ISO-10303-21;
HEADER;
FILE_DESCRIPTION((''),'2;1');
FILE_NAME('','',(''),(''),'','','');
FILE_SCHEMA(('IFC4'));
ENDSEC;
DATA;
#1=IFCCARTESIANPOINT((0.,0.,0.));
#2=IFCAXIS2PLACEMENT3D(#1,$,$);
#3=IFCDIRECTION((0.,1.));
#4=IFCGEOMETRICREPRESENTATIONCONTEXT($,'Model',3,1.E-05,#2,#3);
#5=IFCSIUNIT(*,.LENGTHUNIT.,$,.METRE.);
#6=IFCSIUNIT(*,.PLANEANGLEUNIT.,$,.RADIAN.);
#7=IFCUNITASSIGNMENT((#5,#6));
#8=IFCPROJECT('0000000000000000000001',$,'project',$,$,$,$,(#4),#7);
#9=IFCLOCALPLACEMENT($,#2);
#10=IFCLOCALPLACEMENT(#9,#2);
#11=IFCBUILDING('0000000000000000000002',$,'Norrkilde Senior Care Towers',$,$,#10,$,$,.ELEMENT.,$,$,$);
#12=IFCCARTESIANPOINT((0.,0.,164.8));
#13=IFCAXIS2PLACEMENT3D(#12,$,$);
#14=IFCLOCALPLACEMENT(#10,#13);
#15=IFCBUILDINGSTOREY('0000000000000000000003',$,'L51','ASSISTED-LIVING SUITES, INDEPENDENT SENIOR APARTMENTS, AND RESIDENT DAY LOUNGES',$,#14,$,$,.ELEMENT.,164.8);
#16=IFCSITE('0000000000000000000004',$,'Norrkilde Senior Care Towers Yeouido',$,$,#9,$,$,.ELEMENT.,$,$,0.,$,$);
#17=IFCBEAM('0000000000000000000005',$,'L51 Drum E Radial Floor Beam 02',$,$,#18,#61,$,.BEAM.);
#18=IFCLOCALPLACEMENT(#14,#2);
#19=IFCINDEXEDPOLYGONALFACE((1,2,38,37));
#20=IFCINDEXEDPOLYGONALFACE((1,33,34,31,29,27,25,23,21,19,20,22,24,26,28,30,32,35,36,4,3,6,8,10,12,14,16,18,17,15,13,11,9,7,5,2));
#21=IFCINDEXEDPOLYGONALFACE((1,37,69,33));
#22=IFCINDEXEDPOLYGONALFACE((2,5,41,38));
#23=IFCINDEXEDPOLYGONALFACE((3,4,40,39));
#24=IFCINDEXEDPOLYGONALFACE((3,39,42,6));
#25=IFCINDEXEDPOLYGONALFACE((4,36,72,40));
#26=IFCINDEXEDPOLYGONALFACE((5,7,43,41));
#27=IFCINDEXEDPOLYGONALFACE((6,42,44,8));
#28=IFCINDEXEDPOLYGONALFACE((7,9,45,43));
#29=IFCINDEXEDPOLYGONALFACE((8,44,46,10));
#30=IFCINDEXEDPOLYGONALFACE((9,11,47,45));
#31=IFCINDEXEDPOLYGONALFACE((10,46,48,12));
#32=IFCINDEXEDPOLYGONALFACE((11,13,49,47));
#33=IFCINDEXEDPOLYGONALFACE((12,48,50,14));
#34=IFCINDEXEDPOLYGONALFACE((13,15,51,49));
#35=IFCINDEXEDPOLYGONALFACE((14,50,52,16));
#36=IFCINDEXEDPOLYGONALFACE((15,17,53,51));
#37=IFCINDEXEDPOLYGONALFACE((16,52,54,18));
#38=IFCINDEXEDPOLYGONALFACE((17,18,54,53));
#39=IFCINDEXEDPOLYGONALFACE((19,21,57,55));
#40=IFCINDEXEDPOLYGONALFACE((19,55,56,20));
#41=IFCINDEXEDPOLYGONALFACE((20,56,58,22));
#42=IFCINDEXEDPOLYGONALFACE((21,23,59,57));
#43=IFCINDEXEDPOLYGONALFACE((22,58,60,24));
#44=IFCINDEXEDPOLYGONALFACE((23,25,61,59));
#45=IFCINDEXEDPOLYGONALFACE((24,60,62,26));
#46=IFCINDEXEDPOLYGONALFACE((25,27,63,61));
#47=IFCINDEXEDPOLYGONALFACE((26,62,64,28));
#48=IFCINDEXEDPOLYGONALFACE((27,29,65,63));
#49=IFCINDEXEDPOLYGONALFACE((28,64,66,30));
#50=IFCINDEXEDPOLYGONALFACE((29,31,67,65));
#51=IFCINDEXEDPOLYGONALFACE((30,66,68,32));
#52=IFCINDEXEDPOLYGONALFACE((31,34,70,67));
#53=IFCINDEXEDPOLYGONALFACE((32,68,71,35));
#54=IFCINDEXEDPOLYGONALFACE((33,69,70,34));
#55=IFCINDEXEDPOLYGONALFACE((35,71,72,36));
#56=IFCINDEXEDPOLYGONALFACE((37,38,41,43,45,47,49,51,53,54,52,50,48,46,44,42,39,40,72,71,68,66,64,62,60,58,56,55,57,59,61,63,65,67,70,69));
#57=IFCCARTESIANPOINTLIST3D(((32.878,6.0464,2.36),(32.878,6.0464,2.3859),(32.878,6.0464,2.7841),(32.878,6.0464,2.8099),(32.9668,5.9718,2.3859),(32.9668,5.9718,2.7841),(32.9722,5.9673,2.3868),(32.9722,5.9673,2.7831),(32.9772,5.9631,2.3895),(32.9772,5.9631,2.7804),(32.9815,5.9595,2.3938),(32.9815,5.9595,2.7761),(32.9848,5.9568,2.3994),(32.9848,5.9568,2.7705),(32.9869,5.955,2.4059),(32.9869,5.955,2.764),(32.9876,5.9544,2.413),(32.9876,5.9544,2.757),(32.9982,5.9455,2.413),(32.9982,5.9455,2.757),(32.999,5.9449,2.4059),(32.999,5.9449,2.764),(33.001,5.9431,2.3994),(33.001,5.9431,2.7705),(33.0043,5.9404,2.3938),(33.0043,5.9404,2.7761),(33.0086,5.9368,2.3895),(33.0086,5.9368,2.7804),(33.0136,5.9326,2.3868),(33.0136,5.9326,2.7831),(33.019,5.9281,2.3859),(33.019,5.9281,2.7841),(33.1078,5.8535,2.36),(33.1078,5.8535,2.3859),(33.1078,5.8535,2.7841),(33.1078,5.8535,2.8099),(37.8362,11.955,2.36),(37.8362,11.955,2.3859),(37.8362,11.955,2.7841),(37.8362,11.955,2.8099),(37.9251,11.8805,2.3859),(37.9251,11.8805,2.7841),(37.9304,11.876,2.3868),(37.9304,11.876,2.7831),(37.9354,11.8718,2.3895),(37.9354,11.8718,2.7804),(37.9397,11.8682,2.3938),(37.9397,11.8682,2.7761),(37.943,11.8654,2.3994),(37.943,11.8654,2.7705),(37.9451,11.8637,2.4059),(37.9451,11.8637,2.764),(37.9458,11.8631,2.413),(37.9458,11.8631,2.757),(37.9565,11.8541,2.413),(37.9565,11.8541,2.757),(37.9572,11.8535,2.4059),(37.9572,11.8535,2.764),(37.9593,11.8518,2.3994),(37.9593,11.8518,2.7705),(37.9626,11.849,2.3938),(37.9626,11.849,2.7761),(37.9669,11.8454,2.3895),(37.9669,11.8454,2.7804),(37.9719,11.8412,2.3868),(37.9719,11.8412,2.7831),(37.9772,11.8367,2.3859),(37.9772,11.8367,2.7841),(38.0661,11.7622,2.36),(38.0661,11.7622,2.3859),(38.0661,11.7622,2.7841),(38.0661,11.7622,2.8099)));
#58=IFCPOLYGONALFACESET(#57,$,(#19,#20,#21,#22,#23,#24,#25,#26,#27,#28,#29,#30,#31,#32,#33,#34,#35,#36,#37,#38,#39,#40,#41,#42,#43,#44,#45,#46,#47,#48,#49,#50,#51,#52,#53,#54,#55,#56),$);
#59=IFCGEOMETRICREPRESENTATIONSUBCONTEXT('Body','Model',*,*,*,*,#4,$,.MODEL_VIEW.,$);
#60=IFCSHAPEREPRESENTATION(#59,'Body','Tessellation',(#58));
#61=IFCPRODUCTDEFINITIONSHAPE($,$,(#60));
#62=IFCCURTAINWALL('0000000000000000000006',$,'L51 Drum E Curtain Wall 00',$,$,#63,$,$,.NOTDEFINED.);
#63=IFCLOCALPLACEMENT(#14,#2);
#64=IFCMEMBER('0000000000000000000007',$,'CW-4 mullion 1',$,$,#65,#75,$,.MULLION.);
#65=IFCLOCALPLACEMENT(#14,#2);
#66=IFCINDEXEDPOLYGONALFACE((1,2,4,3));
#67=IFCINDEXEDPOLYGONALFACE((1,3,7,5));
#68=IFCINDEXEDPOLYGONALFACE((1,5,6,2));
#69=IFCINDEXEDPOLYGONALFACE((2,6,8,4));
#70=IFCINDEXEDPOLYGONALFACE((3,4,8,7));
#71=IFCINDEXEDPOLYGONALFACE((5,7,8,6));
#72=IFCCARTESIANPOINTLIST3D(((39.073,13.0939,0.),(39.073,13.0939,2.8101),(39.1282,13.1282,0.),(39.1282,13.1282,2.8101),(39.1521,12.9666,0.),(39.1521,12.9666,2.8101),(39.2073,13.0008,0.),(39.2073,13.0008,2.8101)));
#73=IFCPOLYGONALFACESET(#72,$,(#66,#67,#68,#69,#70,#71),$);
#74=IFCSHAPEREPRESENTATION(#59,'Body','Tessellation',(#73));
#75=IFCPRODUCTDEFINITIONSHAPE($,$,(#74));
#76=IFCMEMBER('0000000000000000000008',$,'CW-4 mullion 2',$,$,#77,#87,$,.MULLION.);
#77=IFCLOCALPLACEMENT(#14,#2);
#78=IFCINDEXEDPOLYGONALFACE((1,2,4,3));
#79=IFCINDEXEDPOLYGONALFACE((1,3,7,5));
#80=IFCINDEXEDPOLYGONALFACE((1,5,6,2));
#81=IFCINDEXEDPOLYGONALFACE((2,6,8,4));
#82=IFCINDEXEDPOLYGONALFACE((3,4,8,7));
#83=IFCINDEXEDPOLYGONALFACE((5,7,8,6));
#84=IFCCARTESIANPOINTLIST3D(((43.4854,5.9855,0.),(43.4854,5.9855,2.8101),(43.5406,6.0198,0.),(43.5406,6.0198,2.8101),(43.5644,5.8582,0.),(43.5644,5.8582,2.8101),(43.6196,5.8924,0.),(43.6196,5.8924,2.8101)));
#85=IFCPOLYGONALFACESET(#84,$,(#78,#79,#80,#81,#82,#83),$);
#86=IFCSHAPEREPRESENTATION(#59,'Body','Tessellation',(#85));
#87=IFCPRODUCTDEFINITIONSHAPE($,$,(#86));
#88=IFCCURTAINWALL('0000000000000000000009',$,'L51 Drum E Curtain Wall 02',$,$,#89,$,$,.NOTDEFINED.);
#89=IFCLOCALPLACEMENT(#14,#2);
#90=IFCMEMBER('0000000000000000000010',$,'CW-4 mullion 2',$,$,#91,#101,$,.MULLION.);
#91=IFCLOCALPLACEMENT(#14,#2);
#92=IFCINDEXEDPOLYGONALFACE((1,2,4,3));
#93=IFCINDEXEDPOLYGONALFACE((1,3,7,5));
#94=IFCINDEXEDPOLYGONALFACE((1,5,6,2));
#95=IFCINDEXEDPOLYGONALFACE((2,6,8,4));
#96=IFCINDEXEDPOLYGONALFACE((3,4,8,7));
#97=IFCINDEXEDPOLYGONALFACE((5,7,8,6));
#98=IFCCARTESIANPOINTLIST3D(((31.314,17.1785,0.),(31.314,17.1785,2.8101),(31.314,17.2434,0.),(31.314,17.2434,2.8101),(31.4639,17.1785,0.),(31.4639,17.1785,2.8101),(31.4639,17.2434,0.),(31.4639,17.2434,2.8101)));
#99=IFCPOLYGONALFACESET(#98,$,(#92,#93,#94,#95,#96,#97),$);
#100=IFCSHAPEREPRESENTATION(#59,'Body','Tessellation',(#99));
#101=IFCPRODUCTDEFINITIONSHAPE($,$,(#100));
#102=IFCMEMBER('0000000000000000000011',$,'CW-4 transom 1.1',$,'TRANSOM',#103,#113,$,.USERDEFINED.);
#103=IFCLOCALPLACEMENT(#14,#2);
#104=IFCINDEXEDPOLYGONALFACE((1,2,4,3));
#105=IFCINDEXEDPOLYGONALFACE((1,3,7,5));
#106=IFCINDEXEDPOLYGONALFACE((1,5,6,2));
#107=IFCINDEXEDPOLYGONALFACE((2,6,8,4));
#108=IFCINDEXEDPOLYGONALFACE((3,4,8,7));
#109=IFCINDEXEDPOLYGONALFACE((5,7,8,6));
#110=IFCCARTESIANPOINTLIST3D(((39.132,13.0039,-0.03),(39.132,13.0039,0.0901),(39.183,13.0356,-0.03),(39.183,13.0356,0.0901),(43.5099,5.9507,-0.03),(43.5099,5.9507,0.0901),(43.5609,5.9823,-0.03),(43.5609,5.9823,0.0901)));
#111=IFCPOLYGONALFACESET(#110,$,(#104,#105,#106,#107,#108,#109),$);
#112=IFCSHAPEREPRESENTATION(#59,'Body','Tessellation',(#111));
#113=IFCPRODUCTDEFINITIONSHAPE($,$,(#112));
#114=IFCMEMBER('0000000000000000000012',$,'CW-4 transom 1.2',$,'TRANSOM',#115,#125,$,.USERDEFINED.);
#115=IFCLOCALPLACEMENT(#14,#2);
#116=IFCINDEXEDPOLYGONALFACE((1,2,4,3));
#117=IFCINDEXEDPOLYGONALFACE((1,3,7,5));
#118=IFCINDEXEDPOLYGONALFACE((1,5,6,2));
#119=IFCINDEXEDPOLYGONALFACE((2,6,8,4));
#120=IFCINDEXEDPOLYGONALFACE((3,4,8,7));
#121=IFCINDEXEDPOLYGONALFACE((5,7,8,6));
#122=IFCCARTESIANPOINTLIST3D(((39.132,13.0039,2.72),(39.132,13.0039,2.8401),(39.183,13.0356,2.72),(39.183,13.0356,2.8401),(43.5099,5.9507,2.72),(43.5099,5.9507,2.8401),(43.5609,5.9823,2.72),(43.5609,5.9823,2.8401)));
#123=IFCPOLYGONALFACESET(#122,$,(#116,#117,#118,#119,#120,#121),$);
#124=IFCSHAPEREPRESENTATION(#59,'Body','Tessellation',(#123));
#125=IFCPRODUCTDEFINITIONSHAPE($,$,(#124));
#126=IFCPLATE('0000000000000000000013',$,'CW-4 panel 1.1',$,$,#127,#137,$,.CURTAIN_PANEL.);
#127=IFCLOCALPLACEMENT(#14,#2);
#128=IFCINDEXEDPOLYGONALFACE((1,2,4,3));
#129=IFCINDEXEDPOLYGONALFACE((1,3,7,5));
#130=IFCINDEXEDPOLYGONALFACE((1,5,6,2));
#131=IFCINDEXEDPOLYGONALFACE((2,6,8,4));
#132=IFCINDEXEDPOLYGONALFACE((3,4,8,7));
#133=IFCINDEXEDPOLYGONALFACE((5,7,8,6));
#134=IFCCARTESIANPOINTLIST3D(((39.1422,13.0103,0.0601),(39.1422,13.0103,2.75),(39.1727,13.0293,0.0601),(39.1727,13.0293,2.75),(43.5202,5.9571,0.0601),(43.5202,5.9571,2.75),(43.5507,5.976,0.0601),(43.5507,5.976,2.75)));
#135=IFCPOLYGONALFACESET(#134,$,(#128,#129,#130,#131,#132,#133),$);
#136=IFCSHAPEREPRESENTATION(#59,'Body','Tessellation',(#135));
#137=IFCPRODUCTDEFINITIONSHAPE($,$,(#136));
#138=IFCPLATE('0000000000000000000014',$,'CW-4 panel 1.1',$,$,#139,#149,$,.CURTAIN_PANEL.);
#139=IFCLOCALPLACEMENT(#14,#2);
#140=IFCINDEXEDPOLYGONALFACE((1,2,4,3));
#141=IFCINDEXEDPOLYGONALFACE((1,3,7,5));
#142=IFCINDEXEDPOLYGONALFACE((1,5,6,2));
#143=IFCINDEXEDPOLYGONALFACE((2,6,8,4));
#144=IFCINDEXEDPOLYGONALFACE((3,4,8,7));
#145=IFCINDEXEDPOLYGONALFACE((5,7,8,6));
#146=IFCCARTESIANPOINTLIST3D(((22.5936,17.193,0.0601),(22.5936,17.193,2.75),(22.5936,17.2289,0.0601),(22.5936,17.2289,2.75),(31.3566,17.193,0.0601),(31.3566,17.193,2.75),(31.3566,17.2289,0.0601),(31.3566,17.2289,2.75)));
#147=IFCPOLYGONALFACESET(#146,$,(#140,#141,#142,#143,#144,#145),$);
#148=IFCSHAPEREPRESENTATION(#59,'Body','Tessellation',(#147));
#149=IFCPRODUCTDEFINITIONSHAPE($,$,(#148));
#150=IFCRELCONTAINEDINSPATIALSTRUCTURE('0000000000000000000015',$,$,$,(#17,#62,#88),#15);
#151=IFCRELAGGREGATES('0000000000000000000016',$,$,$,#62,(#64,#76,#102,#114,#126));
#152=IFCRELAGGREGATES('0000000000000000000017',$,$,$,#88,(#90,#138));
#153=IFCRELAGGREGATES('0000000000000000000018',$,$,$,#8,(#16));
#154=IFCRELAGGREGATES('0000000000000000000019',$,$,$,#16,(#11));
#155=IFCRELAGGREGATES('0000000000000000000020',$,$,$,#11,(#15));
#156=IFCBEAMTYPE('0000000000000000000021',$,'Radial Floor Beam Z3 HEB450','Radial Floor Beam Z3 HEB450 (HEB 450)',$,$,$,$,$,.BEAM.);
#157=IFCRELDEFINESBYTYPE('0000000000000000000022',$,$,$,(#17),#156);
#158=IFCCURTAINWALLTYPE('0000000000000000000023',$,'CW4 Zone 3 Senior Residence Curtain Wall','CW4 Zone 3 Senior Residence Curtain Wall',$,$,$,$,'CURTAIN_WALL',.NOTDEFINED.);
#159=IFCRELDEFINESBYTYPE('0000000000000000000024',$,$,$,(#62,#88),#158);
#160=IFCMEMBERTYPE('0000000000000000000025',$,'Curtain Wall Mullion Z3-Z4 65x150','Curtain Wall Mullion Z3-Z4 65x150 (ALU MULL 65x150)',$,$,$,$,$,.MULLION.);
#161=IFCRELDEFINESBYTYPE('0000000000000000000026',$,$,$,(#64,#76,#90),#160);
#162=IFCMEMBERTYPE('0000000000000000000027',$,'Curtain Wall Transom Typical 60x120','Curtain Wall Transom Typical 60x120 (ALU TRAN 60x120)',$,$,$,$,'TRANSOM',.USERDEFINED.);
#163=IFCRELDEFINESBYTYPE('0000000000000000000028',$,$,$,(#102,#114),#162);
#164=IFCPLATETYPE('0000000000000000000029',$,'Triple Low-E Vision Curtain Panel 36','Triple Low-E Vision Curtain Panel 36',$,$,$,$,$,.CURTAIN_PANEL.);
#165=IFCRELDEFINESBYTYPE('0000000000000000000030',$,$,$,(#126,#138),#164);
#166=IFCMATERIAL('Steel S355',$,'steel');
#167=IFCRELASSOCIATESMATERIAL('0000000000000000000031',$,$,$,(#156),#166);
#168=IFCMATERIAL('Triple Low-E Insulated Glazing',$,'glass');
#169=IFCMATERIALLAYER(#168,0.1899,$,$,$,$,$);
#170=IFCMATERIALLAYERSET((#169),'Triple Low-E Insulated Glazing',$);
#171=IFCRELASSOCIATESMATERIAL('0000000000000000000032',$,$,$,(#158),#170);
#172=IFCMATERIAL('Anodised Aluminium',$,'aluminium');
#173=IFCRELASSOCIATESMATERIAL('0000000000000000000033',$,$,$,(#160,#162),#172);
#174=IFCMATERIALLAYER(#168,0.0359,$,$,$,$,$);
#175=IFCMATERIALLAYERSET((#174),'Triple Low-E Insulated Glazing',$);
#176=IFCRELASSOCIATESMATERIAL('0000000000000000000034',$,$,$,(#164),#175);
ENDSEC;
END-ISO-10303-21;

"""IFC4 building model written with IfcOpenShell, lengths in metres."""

from ifc_helpers import new_model, si_unit, direction, frame, origin, origin_2d, place, context, subcontext, project, spatial, rectangle, i_section, extrude, source, transform, mapped, material, layer, layer_set, material_profile, profile_set, type_object, type_shapes, element, aggregate, save


model = new_model("IFC4")

# Units and contexts
model_context = context("Model", 3, precision=1e-05, world=origin(), true_north=direction((0.0, 1.0)))
body_context = subcontext(model_context, "Body", "Model", "MODEL_VIEW")
ifc_project = project(units=[si_unit("LENGTHUNIT", "METRE"), si_unit("PLANEANGLEUNIT", "RADIAN")], contexts=[model_context])

# Site, building, storey
site_placement = place(None, origin())
site = spatial("IfcSite", under=ifc_project, at=site_placement, Name="Norrkilde Senior Care Towers Yeouido", CompositionType="ELEMENT", RefElevation=0.0)
building_placement = place(site_placement, origin())
building = spatial("IfcBuilding", under=site, at=building_placement, Name="Norrkilde Senior Care Towers", CompositionType="ELEMENT")
storey_placement = place(building_placement, frame((0.0, 0.0, 164.8)))
storey = spatial("IfcBuildingStorey", under=building, at=storey_placement, Name="L51", Description="ASSISTED-LIVING SUITES, INDEPENDENT SENIOR APARTMENTS, AND RESIDENT DAY LOUNGES", CompositionType="ELEMENT", Elevation=164.8)

# Beam
ifc_material_1 = material(Name="Steel S355", Category="steel")
ifc_material_profile_1 = material_profile(ifc_material_1, i_section(OverallWidth=0.3, OverallDepth=0.45, WebThickness=0.0139, FlangeThickness=0.0259, FilletRadius=0.0271, at=origin_2d()), Name="HEB 450")
ifc_profile_set_1 = profile_set([ifc_material_profile_1], Name="Steel S355")
beam_type_1 = type_object("IfcBeamType", Name="Radial Floor Beam Z3 HEB450", Description="Radial Floor Beam Z3 HEB450 (HEB 450)", PredefinedType="BEAM", material=ifc_profile_set_1)
shared_shape_1 = source(origin(), body_context, "Body", "SweptSolid", [
    extrude(i_section(OverallWidth=0.3, OverallDepth=0.45, WebThickness=0.0139, FlangeThickness=0.0259, FilletRadius=0.0271, at=origin_2d()), origin(), (0.0, 0.0, 1.0), 7.7134),
])
beam_1_placement = place(storey_placement, frame((32.9929, 5.95, 2.585), z_axis=(0.642808, 0.766027, 0.0), x_axis=(-0.766027, 0.642808, 0.0)))
element("IfcBeam", 1, at=beam_1_placement, inside=storey, type_object=beam_type_1, Name="L51 Drum E Radial Floor Beam 02", PredefinedType="BEAM", context=body_context, shape_type="MappedRepresentation", body=[
    mapped(shared_shape_1, transform((0.0, 0.0, 0.0), x_axis=(1.0, 0.0, 0.0), y_axis=(0.0, 1.0, 0.0), z_axis=(0.0, 0.0, 1.0), scale=1.0)),
])

# Curtain wall, members
ifc_material_2 = material(Name="Triple Low-E Insulated Glazing", Category="glass")
ifc_layer_1 = layer(ifc_material_2, 0.1899)
ifc_layer_set_1 = layer_set([ifc_layer_1], Name="Triple Low-E Insulated Glazing")
curtain_wall_type = type_object("IfcCurtainWallType", Name="CW4 Zone 3 Senior Residence Curtain Wall", Description="CW4 Zone 3 Senior Residence Curtain Wall", ElementType="CURTAIN_WALL", PredefinedType="NOTDEFINED", material=ifc_layer_set_1)
curtain_wall_1_placement = place(storey_placement, origin())
curtain_wall_1 = element("IfcCurtainWall", 2, at=curtain_wall_1_placement, inside=storey, type_object=curtain_wall_type, Name="L51 Drum E Curtain Wall 00", PredefinedType="NOTDEFINED")
ifc_material_3 = material(Name="Anodised Aluminium", Category="aluminium")
ifc_material_profile_2 = material_profile(ifc_material_3, rectangle(XDim=0.0649, YDim=0.1499, at=origin_2d()), Name="ALU MULL 65x150")
ifc_profile_set_2 = profile_set([ifc_material_profile_2], Name="Anodised Aluminium")
member_type_1 = type_object("IfcMemberType", Name="Curtain Wall Mullion Z3-Z4 65x150", Description="Curtain Wall Mullion Z3-Z4 65x150 (ALU MULL 65x150)", PredefinedType="MULLION", material=ifc_profile_set_2)
shared_shape_2 = source(origin(), body_context, "Body", "SweptSolid", [
    extrude(rectangle(XDim=0.0649, YDim=0.1499, at=origin_2d()), origin(), (0.0, 0.0, 1.0), 2.8101),
])
type_shapes(member_type_1, [shared_shape_2])
member_1_placement = place(storey_placement, frame((39.1401, 13.0474, 0.0), z_axis=(0.0, 0.0, 1.0), x_axis=(0.849634, 0.527373, 0.0)))
member_1 = element("IfcMember", 3, at=member_1_placement, type_object=member_type_1, Name="CW-4 mullion 1", PredefinedType="MULLION", context=body_context, shape_type="MappedRepresentation", body=[
    mapped(shared_shape_2, transform((0.0, 0.0, 0.0), x_axis=(1.0, 0.0, 0.0), y_axis=(0.0, 1.0, 0.0), z_axis=(0.0, 0.0, 1.0), scale=1.0)),
])
member_2_placement = place(storey_placement, frame((43.5525, 5.939, 0.0), z_axis=(0.0, 0.0, 1.0), x_axis=(0.849634, 0.527373, 0.0)))
member_2 = element("IfcMember", 4, at=member_2_placement, type_object=member_type_1, Name="CW-4 mullion 2", PredefinedType="MULLION", context=body_context, shape_type="MappedRepresentation", body=[
    mapped(shared_shape_2, transform((0.0, 0.0, 0.0), x_axis=(1.0, 0.0, 0.0), y_axis=(0.0, 1.0, 0.0), z_axis=(0.0, 0.0, 1.0), scale=1.0)),
])

# Curtain wall, member
curtain_wall_2_placement = place(storey_placement, origin())
curtain_wall_2 = element("IfcCurtainWall", 5, at=curtain_wall_2_placement, inside=storey, type_object=curtain_wall_type, Name="L51 Drum E Curtain Wall 02", PredefinedType="NOTDEFINED")
member_3_placement = place(storey_placement, frame((31.3889, 17.2109, 0.0), z_axis=(0.0, 0.0, 1.0), x_axis=(0.0, 1.0, 0.0)))
member_3 = element("IfcMember", 6, at=member_3_placement, type_object=member_type_1, Name="CW-4 mullion 2", PredefinedType="MULLION", context=body_context, shape_type="MappedRepresentation", body=[
    mapped(shared_shape_2, transform((0.0, 0.0, 0.0), x_axis=(1.0, 0.0, 0.0), y_axis=(0.0, 1.0, 0.0), z_axis=(0.0, 0.0, 1.0), scale=1.0)),
])

# Members
ifc_material_profile_3 = material_profile(ifc_material_3, rectangle(XDim=0.0601, YDim=0.1201, at=origin_2d()), Name="ALU TRAN 60x120")
ifc_profile_set_3 = profile_set([ifc_material_profile_3], Name="Anodised Aluminium")
member_type_2 = type_object("IfcMemberType", Name="Curtain Wall Transom Typical 60x120", Description="Curtain Wall Transom Typical 60x120 (ALU TRAN 60x120)", ElementType="TRANSOM", PredefinedType="USERDEFINED", material=ifc_profile_set_3)
shared_shape_3 = source(origin(), body_context, "Body", "SweptSolid", [
    extrude(rectangle(XDim=0.0601, YDim=0.1201, at=origin_2d()), origin(), (0.0, 0.0, 1.0), 8.3015),
])
type_shapes(member_type_2, [shared_shape_3])
member_4_placement = place(storey_placement, frame((39.1575, 13.0198, 0.03), z_axis=(0.527369, -0.849637, 0.0), x_axis=(0.849637, 0.527369, 0.0)))
member_4 = element("IfcMember", 7, at=member_4_placement, type_object=member_type_2, Name="CW-4 transom 1.1", ObjectType="TRANSOM", PredefinedType="USERDEFINED", context=body_context, shape_type="MappedRepresentation", body=[
    mapped(shared_shape_3, transform((0.0, 0.0, 0.0), x_axis=(1.0, 0.0, 0.0), y_axis=(0.0, 1.0, 0.0), z_axis=(0.0, 0.0, 1.0), scale=1.0)),
])
member_5_placement = place(storey_placement, frame((39.1575, 13.0198, 2.78), z_axis=(0.527369, -0.849637, 0.0), x_axis=(0.849637, 0.527369, 0.0)))
member_5 = element("IfcMember", 8, at=member_5_placement, type_object=member_type_2, Name="CW-4 transom 1.2", ObjectType="TRANSOM", PredefinedType="USERDEFINED", context=body_context, shape_type="MappedRepresentation", body=[
    mapped(shared_shape_3, transform((0.0, 0.0, 0.0), x_axis=(1.0, 0.0, 0.0), y_axis=(0.0, 1.0, 0.0), z_axis=(0.0, 0.0, 1.0), scale=1.0)),
])

# Plates
ifc_layer_2 = layer(ifc_material_2, 0.0359)
ifc_layer_set_2 = layer_set([ifc_layer_2], Name="Triple Low-E Insulated Glazing")
plate_type = type_object("IfcPlateType", Name="Triple Low-E Vision Curtain Panel 36", Description="Triple Low-E Vision Curtain Panel 36", PredefinedType="CURTAIN_PANEL", material=ifc_layer_set_2)
shared_shape_4 = source(origin(), body_context, "Body", "SweptSolid", [
    extrude(rectangle(XDim=8.3015, YDim=0.0359, at=origin_2d()), origin(), (0.0, 0.0, 1.0), 2.6899),
])
plate_1_placement = place(storey_placement, frame((41.3464, 9.4932, 0.0601), z_axis=(0.0, 0.0, 1.0), x_axis=(0.527373, -0.849634, 0.0)))
plate_1 = element("IfcPlate", 9, at=plate_1_placement, type_object=plate_type, Name="CW-4 panel 1.1", PredefinedType="CURTAIN_PANEL", context=body_context, shape_type="MappedRepresentation", body=[
    mapped(shared_shape_4, transform((0.0, 0.0, 0.0), x_axis=(1.0, 0.0, 0.0), y_axis=(0.0, 1.0, 0.0), z_axis=(0.0, 0.0, 1.0), scale=1.0)),
])
aggregate(curtain_wall_1, [member_1, member_2, member_4, member_5, plate_1])
shared_shape_5 = source(origin(), body_context, "Body", "SweptSolid", [
    extrude(rectangle(XDim=8.7629, YDim=0.0359, at=origin_2d()), origin(), (0.0, 0.0, 1.0), 2.6899),
])
type_shapes(plate_type, [shared_shape_4, shared_shape_5])
plate_2_placement = place(storey_placement, frame((26.9751, 17.2109, 0.0601), z_axis=(0.0, 0.0, 1.0), x_axis=(1.0, 0.0, 0.0)))
plate_2 = element("IfcPlate", 10, at=plate_2_placement, type_object=plate_type, Name="CW-4 panel 1.1", PredefinedType="CURTAIN_PANEL", context=body_context, shape_type="MappedRepresentation", body=[
    mapped(shared_shape_5, transform((0.0, 0.0, 0.0), x_axis=(1.0, 0.0, 0.0), y_axis=(0.0, 1.0, 0.0), z_axis=(0.0, 0.0, 1.0), scale=1.0)),
])
aggregate(curtain_wall_2, [member_3, plate_2])

save(model, "model.ifc")
